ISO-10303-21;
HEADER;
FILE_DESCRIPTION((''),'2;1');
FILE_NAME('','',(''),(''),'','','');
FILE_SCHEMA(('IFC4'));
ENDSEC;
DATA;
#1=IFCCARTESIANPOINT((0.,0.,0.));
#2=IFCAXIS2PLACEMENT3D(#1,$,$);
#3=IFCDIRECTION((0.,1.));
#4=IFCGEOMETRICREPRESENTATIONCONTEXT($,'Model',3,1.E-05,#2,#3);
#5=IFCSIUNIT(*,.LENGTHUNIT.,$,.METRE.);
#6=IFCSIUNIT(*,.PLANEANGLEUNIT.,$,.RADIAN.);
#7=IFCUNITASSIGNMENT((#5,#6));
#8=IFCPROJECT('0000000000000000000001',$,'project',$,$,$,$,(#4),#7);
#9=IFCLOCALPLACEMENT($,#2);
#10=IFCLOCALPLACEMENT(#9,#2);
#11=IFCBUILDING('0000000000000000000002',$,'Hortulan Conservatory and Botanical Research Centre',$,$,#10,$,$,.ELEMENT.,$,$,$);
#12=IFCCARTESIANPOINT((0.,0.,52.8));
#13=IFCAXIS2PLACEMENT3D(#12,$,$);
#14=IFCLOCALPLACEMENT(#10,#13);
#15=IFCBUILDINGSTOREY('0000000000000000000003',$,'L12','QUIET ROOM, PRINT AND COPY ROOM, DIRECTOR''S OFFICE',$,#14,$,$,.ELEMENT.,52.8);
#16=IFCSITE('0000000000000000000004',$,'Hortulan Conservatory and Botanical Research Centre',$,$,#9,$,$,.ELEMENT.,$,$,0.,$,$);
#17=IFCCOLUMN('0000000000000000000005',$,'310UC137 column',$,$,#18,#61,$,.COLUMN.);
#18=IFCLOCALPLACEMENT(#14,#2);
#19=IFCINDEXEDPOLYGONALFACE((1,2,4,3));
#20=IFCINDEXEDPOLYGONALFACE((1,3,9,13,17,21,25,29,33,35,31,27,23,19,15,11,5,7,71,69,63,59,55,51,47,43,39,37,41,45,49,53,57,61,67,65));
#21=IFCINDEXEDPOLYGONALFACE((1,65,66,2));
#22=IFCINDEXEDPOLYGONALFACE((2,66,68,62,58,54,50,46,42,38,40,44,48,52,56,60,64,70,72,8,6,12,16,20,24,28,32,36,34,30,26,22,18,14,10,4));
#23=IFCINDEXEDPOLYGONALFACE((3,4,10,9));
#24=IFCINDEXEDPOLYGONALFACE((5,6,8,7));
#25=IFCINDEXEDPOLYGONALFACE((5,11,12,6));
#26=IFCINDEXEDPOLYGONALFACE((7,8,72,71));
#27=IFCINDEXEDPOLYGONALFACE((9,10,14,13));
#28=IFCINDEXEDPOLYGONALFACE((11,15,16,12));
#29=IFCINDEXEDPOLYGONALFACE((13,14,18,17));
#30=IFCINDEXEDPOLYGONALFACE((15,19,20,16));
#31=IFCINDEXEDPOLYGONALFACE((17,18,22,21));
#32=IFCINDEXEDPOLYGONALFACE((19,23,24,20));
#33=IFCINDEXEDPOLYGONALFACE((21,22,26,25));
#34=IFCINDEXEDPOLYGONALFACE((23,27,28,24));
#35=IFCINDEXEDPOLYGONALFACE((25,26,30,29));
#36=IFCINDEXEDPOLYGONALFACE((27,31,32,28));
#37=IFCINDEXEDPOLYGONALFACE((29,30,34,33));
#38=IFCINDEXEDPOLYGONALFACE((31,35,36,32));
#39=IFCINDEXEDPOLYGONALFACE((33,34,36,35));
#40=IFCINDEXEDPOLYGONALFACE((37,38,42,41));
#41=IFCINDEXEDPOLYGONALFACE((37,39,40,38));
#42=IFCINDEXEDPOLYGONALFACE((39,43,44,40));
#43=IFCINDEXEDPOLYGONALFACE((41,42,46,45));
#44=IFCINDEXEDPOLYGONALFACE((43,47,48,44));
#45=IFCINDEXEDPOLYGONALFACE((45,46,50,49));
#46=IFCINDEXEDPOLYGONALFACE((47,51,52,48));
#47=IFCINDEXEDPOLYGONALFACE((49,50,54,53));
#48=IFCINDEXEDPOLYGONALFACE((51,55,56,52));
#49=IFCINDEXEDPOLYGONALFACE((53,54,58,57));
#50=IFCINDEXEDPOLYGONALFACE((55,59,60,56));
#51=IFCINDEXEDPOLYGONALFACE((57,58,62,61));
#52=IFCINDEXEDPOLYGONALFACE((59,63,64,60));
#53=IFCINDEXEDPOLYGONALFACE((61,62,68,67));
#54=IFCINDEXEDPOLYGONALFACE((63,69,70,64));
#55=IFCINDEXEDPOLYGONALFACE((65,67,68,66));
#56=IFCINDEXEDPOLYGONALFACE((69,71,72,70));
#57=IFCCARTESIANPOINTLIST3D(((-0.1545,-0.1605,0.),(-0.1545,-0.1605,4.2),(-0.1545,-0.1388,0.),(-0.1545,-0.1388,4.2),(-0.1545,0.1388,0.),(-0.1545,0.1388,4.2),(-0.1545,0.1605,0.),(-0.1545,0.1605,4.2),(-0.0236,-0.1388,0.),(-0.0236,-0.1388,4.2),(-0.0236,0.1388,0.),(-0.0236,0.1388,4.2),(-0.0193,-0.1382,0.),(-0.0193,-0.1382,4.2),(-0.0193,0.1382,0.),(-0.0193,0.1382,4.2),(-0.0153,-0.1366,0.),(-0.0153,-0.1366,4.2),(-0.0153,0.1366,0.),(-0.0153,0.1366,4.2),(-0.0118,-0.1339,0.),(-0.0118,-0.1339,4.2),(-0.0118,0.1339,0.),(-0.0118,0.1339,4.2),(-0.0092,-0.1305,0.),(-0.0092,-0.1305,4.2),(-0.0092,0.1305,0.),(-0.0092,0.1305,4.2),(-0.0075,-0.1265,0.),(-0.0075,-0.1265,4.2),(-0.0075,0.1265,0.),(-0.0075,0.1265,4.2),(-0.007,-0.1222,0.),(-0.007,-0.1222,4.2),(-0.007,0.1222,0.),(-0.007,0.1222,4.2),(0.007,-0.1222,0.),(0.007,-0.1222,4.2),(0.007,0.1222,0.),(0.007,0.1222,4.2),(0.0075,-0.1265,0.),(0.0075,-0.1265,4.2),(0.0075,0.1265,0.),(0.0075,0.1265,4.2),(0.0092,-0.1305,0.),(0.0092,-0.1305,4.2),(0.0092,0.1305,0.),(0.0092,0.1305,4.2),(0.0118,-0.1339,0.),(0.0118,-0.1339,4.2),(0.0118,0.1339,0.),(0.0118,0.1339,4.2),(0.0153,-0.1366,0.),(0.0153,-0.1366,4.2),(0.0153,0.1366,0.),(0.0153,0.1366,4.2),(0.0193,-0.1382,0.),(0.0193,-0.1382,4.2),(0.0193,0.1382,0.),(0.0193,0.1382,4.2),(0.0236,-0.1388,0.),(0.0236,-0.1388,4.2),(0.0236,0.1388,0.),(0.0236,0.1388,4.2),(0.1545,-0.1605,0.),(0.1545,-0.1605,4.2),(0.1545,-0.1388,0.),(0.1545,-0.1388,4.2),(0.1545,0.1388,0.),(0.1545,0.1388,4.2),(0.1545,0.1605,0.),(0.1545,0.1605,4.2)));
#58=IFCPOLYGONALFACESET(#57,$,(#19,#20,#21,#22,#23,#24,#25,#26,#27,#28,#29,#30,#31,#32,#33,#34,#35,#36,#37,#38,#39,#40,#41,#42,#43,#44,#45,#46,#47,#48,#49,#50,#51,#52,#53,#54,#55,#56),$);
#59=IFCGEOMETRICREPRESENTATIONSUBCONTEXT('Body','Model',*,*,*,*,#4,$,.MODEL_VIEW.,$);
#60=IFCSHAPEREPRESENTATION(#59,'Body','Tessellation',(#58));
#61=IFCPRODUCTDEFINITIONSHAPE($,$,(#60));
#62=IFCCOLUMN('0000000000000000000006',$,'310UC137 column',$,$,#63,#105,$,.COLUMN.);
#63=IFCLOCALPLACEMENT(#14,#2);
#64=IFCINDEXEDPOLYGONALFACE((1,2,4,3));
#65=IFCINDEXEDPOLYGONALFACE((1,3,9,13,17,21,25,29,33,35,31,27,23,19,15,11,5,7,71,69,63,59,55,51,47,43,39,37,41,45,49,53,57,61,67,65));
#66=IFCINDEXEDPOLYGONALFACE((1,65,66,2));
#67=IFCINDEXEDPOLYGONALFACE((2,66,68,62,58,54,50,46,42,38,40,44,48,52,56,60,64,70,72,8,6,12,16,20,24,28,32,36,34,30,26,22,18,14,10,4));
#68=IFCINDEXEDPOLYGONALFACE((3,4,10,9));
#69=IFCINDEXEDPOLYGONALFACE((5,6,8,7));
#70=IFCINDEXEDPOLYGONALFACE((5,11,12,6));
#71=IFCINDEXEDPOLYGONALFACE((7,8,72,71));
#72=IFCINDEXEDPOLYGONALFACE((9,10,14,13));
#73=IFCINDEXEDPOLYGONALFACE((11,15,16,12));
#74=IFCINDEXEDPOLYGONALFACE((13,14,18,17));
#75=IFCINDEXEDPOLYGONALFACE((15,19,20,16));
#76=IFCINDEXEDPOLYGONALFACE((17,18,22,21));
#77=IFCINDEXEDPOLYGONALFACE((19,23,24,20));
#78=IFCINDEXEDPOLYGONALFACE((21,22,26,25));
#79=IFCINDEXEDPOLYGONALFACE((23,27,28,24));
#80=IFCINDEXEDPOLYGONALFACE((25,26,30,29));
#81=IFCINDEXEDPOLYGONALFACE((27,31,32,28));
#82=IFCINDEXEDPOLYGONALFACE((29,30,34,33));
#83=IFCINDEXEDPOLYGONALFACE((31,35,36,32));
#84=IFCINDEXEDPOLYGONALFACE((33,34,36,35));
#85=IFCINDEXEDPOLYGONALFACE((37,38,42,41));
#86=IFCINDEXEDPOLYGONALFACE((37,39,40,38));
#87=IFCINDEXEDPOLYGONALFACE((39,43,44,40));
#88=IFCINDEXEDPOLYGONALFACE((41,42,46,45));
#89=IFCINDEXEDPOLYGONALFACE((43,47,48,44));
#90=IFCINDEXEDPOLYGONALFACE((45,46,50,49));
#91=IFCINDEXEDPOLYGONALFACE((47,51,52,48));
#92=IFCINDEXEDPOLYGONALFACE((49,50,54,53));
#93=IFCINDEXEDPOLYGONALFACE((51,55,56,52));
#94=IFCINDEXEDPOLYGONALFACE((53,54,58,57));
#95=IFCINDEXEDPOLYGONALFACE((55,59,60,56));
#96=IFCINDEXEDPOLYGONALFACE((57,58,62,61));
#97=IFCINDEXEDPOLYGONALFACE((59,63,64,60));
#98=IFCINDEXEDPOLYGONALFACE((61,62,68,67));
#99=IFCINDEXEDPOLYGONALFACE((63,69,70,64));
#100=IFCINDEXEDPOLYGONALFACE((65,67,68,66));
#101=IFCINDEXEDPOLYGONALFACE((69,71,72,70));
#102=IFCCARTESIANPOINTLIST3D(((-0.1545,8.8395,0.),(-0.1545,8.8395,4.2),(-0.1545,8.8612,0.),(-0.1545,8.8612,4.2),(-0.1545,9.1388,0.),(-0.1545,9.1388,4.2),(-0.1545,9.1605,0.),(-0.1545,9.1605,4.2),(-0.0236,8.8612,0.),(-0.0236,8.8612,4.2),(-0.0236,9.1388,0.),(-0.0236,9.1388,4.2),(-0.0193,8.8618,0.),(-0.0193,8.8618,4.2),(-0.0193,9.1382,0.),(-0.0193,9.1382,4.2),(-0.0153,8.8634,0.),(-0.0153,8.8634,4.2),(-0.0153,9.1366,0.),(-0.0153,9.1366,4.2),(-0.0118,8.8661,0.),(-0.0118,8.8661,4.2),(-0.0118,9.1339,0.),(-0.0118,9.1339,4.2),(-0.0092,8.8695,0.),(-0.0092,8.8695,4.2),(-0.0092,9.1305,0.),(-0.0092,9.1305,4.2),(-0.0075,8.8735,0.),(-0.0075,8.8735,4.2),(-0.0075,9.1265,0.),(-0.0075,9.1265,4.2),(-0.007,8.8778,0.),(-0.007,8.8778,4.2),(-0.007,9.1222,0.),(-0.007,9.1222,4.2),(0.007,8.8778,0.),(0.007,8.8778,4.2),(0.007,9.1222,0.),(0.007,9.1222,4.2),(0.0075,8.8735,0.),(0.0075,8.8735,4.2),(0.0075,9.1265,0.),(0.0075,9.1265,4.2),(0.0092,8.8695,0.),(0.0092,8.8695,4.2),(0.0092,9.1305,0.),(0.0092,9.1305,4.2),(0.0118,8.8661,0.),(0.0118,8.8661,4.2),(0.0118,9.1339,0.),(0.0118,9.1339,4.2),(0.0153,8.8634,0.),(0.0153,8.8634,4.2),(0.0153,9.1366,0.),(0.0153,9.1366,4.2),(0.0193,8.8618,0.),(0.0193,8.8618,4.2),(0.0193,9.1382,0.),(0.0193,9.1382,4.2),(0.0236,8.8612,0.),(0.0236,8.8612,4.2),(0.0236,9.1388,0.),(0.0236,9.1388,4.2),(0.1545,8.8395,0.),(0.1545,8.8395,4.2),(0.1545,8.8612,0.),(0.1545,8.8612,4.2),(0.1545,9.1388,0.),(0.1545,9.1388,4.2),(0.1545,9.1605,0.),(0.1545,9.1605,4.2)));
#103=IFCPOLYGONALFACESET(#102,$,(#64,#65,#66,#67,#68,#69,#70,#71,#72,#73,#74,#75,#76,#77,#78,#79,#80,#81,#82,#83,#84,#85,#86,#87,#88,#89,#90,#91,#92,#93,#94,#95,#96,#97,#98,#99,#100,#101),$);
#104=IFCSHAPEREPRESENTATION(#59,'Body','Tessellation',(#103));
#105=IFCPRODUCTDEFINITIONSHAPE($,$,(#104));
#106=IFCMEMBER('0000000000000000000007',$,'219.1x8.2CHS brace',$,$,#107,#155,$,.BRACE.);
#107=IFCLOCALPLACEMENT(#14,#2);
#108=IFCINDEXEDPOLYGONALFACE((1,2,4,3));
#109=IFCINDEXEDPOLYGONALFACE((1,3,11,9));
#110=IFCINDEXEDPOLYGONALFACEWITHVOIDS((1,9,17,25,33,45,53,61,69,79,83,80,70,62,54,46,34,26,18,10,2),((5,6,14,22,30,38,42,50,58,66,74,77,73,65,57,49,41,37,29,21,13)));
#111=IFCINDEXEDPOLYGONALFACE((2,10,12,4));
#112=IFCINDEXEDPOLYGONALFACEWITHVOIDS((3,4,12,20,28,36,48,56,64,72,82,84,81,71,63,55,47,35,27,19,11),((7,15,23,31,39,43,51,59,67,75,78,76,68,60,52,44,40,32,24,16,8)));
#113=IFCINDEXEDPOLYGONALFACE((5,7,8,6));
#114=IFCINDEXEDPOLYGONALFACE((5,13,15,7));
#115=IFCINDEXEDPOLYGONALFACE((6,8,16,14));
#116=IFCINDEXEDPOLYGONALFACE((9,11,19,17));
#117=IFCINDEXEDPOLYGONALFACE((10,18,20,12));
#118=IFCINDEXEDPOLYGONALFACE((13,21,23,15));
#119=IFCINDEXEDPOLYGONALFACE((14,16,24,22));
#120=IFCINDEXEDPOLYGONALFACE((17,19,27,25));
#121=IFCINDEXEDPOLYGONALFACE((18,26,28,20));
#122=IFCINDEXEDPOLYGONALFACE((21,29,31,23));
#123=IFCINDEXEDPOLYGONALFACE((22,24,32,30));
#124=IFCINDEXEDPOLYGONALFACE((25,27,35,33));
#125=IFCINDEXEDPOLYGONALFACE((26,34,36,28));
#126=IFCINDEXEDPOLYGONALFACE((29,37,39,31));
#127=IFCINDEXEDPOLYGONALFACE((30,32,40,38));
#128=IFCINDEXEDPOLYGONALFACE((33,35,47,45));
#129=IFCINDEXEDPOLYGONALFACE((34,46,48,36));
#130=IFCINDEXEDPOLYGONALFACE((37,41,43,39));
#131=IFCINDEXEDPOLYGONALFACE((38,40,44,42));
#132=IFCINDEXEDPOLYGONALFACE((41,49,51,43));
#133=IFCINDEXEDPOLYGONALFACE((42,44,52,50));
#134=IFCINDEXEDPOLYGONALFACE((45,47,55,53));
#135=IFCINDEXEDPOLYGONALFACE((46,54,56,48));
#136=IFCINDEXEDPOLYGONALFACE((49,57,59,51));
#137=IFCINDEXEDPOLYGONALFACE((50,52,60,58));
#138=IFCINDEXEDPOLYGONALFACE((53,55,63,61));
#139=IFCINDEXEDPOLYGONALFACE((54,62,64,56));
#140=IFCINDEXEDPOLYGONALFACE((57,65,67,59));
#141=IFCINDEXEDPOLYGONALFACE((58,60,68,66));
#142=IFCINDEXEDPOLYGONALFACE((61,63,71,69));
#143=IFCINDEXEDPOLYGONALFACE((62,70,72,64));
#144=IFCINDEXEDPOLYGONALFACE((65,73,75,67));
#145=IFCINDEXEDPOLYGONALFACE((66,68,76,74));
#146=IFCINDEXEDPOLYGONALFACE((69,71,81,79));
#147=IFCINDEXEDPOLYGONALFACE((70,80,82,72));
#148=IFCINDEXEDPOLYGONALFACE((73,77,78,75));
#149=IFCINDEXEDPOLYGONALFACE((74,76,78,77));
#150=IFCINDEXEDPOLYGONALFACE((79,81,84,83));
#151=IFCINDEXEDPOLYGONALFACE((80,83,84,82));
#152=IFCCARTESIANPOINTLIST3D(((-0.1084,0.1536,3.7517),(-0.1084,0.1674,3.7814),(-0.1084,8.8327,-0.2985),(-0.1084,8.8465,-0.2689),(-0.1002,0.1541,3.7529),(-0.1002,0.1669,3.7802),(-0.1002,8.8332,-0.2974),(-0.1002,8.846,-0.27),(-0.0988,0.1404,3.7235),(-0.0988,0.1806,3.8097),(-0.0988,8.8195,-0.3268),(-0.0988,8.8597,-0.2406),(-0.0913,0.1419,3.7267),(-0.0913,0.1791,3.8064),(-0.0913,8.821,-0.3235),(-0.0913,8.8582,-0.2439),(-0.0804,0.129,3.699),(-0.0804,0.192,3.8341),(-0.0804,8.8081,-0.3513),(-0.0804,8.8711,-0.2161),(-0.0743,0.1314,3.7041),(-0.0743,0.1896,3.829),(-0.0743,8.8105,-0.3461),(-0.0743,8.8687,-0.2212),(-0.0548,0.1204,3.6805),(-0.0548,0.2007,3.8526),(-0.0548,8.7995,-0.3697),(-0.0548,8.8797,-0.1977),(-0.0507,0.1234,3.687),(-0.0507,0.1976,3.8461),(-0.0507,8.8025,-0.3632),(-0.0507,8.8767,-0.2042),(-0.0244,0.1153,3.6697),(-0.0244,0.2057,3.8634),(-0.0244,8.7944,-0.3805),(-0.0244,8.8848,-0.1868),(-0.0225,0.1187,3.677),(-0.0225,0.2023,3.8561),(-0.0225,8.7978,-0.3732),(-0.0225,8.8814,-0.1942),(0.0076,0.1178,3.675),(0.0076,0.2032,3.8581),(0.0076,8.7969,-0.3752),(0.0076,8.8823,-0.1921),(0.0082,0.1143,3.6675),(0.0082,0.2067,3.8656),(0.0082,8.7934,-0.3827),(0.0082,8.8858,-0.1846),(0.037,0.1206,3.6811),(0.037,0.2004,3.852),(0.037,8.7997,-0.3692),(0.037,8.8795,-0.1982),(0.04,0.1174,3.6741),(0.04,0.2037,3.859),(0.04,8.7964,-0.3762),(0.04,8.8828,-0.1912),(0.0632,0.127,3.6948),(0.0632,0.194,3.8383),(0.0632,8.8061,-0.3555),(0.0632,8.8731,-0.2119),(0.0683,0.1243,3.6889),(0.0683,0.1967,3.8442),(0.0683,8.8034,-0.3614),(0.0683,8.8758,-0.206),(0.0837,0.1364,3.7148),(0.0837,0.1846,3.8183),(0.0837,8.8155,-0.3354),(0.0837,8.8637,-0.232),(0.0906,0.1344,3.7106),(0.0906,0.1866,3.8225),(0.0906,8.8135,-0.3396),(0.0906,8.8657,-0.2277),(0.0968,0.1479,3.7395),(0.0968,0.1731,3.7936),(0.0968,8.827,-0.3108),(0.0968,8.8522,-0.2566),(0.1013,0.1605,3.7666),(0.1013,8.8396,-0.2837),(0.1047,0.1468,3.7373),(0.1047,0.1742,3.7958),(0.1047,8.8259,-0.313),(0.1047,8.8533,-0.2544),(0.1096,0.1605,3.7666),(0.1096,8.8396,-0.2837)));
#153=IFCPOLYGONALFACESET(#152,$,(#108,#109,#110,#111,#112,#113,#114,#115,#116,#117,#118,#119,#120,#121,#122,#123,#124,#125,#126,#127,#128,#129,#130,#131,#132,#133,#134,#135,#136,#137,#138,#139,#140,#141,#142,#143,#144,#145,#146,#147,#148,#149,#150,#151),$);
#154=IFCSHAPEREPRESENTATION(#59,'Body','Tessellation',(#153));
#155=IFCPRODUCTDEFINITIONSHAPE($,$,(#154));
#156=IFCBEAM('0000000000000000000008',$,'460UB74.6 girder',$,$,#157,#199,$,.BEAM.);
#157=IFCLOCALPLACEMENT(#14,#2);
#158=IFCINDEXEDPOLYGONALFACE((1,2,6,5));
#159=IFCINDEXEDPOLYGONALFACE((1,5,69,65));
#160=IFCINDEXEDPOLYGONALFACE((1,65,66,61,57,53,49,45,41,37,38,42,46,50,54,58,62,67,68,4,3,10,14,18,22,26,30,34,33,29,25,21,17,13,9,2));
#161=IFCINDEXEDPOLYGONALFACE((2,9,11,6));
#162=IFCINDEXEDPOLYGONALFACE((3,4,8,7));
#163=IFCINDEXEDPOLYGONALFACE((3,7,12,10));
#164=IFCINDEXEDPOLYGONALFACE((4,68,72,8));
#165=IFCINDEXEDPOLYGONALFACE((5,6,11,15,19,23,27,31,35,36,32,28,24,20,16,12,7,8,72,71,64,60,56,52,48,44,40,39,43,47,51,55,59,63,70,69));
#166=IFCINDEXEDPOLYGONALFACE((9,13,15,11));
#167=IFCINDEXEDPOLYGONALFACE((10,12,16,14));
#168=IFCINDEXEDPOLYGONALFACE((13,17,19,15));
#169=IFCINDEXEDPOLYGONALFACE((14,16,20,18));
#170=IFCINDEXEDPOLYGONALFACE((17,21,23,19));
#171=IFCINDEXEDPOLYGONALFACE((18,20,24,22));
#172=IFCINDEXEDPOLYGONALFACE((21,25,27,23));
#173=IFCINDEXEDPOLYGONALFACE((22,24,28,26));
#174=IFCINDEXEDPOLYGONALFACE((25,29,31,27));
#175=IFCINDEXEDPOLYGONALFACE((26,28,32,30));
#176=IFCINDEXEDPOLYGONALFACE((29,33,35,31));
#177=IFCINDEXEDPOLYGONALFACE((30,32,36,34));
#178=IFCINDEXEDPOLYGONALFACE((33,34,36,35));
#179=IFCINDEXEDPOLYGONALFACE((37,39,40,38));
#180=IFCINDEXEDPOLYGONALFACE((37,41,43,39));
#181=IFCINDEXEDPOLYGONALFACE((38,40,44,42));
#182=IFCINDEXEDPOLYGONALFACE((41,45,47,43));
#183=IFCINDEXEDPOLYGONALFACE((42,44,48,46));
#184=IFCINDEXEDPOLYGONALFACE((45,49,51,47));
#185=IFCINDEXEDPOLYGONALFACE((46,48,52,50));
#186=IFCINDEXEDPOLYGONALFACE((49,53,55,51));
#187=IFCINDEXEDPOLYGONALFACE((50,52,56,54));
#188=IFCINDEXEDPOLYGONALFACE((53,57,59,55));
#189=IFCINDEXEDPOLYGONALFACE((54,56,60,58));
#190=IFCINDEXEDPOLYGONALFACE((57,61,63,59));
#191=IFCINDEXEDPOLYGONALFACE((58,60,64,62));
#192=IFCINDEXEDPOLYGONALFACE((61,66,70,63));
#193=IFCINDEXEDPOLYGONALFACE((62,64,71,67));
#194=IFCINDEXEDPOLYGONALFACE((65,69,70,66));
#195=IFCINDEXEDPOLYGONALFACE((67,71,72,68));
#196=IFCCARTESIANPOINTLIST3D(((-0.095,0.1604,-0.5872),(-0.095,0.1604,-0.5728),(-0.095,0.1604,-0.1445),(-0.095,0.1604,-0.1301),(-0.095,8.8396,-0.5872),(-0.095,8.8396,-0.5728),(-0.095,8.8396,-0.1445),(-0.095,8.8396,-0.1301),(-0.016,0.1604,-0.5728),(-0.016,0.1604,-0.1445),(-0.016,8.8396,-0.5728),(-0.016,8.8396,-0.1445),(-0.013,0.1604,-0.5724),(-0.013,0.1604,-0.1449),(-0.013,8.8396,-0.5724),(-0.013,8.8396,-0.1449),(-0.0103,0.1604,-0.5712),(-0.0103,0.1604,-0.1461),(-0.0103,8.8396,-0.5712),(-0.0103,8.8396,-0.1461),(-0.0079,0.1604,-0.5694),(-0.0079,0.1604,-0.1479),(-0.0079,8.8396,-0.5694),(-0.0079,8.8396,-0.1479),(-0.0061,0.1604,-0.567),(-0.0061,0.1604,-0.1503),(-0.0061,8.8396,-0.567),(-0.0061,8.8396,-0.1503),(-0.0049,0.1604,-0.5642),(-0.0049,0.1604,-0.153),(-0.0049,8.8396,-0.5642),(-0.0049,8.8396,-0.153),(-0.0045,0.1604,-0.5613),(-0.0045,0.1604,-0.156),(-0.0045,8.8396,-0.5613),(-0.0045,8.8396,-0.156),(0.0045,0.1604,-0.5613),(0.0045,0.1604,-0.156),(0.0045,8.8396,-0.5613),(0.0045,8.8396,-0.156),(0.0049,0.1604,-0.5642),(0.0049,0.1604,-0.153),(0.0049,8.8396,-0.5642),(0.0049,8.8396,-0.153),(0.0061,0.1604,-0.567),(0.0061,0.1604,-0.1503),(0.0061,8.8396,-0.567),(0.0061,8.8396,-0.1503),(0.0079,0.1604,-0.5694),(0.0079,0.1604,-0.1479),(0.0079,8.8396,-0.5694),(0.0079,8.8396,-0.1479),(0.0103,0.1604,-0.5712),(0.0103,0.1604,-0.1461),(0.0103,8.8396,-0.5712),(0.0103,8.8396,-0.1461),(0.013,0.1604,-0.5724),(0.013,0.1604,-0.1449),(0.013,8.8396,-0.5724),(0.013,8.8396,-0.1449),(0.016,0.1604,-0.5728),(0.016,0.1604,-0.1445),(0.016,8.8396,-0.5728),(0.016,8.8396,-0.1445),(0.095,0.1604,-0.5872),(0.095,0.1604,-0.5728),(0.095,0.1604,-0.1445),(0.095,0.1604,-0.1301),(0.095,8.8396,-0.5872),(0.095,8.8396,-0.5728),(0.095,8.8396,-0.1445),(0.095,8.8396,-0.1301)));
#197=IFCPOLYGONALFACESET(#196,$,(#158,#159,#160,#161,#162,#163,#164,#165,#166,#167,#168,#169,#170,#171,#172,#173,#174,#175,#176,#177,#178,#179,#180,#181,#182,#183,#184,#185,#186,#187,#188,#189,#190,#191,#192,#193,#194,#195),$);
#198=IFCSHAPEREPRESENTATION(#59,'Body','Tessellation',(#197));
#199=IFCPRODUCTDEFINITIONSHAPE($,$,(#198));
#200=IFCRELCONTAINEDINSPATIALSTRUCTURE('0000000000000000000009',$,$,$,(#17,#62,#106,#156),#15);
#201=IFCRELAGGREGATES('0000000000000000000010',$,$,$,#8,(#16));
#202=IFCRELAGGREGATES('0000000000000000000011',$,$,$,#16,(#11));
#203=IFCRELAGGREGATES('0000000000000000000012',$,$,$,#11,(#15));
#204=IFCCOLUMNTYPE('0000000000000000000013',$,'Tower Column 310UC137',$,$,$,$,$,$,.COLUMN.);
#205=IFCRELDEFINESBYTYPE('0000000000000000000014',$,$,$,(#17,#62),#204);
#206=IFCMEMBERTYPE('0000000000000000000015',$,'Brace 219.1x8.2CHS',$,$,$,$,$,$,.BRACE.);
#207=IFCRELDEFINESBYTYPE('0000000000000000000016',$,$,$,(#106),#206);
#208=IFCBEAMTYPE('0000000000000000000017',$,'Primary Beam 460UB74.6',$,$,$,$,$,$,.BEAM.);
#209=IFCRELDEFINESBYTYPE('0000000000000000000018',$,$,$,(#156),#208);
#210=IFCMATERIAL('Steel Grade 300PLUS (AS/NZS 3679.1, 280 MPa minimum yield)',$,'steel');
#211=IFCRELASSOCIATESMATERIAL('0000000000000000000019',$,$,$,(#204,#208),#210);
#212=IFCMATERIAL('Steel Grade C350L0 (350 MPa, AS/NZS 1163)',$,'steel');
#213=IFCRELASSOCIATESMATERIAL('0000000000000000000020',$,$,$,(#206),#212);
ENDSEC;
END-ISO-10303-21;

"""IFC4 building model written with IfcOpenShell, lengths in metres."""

from ifc_helpers import new_model, si_unit, direction, frame, origin, origin_2d, place, context, subcontext, project, spatial, hollow_circle, i_section, extrude, material, material_profile, profile_set, type_object, element, save


model = new_model("IFC4")

# Units and contexts
model_context = context("Model", 3, precision=1e-05, world=origin(), true_north=direction((0.0, 1.0)))
body_context = subcontext(model_context, "Body", "Model", "MODEL_VIEW")
ifc_project = project(units=[si_unit("LENGTHUNIT", "METRE"), si_unit("PLANEANGLEUNIT", "RADIAN")], contexts=[model_context])

# Site, building, storey
site_placement = place(None, origin())
site = spatial("IfcSite", under=ifc_project, at=site_placement, Name="Hortulan Conservatory and Botanical Research Centre", CompositionType="ELEMENT", RefElevation=0.0)
building_placement = place(site_placement, origin())
building = spatial("IfcBuilding", under=site, at=building_placement, Name="Hortulan Conservatory and Botanical Research Centre", CompositionType="ELEMENT")
storey_placement = place(building_placement, frame((0.0, 0.0, 52.8)))
storey = spatial("IfcBuildingStorey", under=building, at=storey_placement, Name="L12", Description="QUIET ROOM, PRINT AND COPY ROOM, DIRECTOR'S OFFICE", CompositionType="ELEMENT", Elevation=52.8)

# Columns
ifc_material_1 = material(Name="Steel Grade 300PLUS (AS/NZS 3679.1, 280 MPa minimum yield)", Category="steel")
ifc_material_profile_1 = material_profile(ifc_material_1, i_section(OverallWidth=0.3091, OverallDepth=0.321, WebThickness=0.0139, FlangeThickness=0.0217, FilletRadius=0.0166, at=origin_2d()), Name="310UC137")
ifc_profile_set_1 = profile_set([ifc_material_profile_1], Name="Steel Grade 300PLUS (AS/NZS 3679.1, 280 MPa minimum yield)")
column_type = type_object("IfcColumnType", Name="Tower Column 310UC137", PredefinedType="COLUMN", material=ifc_profile_set_1)
for number, where, z_axis, x_axis, name in (
    (1, (0.0, 0.0, 0.0), (0.0, 0.0, 1.0), (1.0, 0.0, 0.0), "310UC137 column"),
    (2, (0.0, 9.0, 0.0), (0.0, 0.0, 1.0), (1.0, 0.0, 0.0), "310UC137 column"),
):
    element("IfcColumn", number, at=place(storey_placement, frame(where, z_axis=z_axis, x_axis=x_axis)), inside=storey, type_object=column_type, Name=name, PredefinedType="COLUMN", context=body_context, shape_type="SweptSolid", body=[
        extrude(i_section(OverallWidth=0.3091, OverallDepth=0.321, WebThickness=0.0139, FlangeThickness=0.0217, FilletRadius=0.0166, at=origin_2d()), origin(), (0.0, 0.0, 1.0), 4.2),
    ])

# Member
ifc_material_2 = material(Name="Steel Grade C350L0 (350 MPa, AS/NZS 1163)", Category="steel")
ifc_material_profile_2 = material_profile(ifc_material_2, hollow_circle(Radius=0.1096, WallThickness=0.0083, at=origin_2d()), Name="219.1x8.2CHS")
ifc_profile_set_2 = profile_set([ifc_material_profile_2], Name="Steel Grade C350L0 (350 MPa, AS/NZS 1163)")
member_type = type_object("IfcMemberType", Name="Brace 219.1x8.2CHS", PredefinedType="BRACE", material=ifc_profile_set_2)
member_placement = place(storey_placement, frame((0.0, 8.8396, -0.2837), z_axis=(0.0, -0.906183, 0.422885), x_axis=(1.0, 0.0, 0.0)))
element("IfcMember", 3, at=member_placement, inside=storey, type_object=member_type, Name="219.1x8.2CHS brace", PredefinedType="BRACE", context=body_context, shape_type="SweptSolid", body=[
    extrude(hollow_circle(Radius=0.1096, WallThickness=0.0083, at=origin_2d()), origin(), (0.0, 0.0, 1.0), 9.5776),
])

# Beam
ifc_material_profile_3 = material_profile(ifc_material_1, i_section(OverallWidth=0.1899, OverallDepth=0.457, WebThickness=0.009, FlangeThickness=0.0144, FilletRadius=0.0115, at=origin_2d()), Name="460UB74.6")
ifc_profile_set_3 = profile_set([ifc_material_profile_3], Name="Steel Grade 300PLUS (AS/NZS 3679.1, 280 MPa minimum yield)")
beam_type_1 = type_object("IfcBeamType", Name="Primary Beam 460UB74.6", PredefinedType="BEAM", material=ifc_profile_set_3)
beam_1_placement = place(storey_placement, frame((0.0, 0.1604, -0.3586), z_axis=(0.0, 1.0, 0.0), x_axis=(-1.0, 0.0, 0.0)))
element("IfcBeam", 4, at=beam_1_placement, inside=storey, type_object=beam_type_1, Name="460UB74.6 girder", PredefinedType="BEAM", context=body_context, shape_type="SweptSolid", body=[
    extrude(i_section(OverallWidth=0.1899, OverallDepth=0.457, WebThickness=0.009, FlangeThickness=0.0144, FilletRadius=0.0115, at=origin_2d()), origin(), (0.0, 0.0, 1.0), 8.6792),
])

save(model, "model.ifc")
